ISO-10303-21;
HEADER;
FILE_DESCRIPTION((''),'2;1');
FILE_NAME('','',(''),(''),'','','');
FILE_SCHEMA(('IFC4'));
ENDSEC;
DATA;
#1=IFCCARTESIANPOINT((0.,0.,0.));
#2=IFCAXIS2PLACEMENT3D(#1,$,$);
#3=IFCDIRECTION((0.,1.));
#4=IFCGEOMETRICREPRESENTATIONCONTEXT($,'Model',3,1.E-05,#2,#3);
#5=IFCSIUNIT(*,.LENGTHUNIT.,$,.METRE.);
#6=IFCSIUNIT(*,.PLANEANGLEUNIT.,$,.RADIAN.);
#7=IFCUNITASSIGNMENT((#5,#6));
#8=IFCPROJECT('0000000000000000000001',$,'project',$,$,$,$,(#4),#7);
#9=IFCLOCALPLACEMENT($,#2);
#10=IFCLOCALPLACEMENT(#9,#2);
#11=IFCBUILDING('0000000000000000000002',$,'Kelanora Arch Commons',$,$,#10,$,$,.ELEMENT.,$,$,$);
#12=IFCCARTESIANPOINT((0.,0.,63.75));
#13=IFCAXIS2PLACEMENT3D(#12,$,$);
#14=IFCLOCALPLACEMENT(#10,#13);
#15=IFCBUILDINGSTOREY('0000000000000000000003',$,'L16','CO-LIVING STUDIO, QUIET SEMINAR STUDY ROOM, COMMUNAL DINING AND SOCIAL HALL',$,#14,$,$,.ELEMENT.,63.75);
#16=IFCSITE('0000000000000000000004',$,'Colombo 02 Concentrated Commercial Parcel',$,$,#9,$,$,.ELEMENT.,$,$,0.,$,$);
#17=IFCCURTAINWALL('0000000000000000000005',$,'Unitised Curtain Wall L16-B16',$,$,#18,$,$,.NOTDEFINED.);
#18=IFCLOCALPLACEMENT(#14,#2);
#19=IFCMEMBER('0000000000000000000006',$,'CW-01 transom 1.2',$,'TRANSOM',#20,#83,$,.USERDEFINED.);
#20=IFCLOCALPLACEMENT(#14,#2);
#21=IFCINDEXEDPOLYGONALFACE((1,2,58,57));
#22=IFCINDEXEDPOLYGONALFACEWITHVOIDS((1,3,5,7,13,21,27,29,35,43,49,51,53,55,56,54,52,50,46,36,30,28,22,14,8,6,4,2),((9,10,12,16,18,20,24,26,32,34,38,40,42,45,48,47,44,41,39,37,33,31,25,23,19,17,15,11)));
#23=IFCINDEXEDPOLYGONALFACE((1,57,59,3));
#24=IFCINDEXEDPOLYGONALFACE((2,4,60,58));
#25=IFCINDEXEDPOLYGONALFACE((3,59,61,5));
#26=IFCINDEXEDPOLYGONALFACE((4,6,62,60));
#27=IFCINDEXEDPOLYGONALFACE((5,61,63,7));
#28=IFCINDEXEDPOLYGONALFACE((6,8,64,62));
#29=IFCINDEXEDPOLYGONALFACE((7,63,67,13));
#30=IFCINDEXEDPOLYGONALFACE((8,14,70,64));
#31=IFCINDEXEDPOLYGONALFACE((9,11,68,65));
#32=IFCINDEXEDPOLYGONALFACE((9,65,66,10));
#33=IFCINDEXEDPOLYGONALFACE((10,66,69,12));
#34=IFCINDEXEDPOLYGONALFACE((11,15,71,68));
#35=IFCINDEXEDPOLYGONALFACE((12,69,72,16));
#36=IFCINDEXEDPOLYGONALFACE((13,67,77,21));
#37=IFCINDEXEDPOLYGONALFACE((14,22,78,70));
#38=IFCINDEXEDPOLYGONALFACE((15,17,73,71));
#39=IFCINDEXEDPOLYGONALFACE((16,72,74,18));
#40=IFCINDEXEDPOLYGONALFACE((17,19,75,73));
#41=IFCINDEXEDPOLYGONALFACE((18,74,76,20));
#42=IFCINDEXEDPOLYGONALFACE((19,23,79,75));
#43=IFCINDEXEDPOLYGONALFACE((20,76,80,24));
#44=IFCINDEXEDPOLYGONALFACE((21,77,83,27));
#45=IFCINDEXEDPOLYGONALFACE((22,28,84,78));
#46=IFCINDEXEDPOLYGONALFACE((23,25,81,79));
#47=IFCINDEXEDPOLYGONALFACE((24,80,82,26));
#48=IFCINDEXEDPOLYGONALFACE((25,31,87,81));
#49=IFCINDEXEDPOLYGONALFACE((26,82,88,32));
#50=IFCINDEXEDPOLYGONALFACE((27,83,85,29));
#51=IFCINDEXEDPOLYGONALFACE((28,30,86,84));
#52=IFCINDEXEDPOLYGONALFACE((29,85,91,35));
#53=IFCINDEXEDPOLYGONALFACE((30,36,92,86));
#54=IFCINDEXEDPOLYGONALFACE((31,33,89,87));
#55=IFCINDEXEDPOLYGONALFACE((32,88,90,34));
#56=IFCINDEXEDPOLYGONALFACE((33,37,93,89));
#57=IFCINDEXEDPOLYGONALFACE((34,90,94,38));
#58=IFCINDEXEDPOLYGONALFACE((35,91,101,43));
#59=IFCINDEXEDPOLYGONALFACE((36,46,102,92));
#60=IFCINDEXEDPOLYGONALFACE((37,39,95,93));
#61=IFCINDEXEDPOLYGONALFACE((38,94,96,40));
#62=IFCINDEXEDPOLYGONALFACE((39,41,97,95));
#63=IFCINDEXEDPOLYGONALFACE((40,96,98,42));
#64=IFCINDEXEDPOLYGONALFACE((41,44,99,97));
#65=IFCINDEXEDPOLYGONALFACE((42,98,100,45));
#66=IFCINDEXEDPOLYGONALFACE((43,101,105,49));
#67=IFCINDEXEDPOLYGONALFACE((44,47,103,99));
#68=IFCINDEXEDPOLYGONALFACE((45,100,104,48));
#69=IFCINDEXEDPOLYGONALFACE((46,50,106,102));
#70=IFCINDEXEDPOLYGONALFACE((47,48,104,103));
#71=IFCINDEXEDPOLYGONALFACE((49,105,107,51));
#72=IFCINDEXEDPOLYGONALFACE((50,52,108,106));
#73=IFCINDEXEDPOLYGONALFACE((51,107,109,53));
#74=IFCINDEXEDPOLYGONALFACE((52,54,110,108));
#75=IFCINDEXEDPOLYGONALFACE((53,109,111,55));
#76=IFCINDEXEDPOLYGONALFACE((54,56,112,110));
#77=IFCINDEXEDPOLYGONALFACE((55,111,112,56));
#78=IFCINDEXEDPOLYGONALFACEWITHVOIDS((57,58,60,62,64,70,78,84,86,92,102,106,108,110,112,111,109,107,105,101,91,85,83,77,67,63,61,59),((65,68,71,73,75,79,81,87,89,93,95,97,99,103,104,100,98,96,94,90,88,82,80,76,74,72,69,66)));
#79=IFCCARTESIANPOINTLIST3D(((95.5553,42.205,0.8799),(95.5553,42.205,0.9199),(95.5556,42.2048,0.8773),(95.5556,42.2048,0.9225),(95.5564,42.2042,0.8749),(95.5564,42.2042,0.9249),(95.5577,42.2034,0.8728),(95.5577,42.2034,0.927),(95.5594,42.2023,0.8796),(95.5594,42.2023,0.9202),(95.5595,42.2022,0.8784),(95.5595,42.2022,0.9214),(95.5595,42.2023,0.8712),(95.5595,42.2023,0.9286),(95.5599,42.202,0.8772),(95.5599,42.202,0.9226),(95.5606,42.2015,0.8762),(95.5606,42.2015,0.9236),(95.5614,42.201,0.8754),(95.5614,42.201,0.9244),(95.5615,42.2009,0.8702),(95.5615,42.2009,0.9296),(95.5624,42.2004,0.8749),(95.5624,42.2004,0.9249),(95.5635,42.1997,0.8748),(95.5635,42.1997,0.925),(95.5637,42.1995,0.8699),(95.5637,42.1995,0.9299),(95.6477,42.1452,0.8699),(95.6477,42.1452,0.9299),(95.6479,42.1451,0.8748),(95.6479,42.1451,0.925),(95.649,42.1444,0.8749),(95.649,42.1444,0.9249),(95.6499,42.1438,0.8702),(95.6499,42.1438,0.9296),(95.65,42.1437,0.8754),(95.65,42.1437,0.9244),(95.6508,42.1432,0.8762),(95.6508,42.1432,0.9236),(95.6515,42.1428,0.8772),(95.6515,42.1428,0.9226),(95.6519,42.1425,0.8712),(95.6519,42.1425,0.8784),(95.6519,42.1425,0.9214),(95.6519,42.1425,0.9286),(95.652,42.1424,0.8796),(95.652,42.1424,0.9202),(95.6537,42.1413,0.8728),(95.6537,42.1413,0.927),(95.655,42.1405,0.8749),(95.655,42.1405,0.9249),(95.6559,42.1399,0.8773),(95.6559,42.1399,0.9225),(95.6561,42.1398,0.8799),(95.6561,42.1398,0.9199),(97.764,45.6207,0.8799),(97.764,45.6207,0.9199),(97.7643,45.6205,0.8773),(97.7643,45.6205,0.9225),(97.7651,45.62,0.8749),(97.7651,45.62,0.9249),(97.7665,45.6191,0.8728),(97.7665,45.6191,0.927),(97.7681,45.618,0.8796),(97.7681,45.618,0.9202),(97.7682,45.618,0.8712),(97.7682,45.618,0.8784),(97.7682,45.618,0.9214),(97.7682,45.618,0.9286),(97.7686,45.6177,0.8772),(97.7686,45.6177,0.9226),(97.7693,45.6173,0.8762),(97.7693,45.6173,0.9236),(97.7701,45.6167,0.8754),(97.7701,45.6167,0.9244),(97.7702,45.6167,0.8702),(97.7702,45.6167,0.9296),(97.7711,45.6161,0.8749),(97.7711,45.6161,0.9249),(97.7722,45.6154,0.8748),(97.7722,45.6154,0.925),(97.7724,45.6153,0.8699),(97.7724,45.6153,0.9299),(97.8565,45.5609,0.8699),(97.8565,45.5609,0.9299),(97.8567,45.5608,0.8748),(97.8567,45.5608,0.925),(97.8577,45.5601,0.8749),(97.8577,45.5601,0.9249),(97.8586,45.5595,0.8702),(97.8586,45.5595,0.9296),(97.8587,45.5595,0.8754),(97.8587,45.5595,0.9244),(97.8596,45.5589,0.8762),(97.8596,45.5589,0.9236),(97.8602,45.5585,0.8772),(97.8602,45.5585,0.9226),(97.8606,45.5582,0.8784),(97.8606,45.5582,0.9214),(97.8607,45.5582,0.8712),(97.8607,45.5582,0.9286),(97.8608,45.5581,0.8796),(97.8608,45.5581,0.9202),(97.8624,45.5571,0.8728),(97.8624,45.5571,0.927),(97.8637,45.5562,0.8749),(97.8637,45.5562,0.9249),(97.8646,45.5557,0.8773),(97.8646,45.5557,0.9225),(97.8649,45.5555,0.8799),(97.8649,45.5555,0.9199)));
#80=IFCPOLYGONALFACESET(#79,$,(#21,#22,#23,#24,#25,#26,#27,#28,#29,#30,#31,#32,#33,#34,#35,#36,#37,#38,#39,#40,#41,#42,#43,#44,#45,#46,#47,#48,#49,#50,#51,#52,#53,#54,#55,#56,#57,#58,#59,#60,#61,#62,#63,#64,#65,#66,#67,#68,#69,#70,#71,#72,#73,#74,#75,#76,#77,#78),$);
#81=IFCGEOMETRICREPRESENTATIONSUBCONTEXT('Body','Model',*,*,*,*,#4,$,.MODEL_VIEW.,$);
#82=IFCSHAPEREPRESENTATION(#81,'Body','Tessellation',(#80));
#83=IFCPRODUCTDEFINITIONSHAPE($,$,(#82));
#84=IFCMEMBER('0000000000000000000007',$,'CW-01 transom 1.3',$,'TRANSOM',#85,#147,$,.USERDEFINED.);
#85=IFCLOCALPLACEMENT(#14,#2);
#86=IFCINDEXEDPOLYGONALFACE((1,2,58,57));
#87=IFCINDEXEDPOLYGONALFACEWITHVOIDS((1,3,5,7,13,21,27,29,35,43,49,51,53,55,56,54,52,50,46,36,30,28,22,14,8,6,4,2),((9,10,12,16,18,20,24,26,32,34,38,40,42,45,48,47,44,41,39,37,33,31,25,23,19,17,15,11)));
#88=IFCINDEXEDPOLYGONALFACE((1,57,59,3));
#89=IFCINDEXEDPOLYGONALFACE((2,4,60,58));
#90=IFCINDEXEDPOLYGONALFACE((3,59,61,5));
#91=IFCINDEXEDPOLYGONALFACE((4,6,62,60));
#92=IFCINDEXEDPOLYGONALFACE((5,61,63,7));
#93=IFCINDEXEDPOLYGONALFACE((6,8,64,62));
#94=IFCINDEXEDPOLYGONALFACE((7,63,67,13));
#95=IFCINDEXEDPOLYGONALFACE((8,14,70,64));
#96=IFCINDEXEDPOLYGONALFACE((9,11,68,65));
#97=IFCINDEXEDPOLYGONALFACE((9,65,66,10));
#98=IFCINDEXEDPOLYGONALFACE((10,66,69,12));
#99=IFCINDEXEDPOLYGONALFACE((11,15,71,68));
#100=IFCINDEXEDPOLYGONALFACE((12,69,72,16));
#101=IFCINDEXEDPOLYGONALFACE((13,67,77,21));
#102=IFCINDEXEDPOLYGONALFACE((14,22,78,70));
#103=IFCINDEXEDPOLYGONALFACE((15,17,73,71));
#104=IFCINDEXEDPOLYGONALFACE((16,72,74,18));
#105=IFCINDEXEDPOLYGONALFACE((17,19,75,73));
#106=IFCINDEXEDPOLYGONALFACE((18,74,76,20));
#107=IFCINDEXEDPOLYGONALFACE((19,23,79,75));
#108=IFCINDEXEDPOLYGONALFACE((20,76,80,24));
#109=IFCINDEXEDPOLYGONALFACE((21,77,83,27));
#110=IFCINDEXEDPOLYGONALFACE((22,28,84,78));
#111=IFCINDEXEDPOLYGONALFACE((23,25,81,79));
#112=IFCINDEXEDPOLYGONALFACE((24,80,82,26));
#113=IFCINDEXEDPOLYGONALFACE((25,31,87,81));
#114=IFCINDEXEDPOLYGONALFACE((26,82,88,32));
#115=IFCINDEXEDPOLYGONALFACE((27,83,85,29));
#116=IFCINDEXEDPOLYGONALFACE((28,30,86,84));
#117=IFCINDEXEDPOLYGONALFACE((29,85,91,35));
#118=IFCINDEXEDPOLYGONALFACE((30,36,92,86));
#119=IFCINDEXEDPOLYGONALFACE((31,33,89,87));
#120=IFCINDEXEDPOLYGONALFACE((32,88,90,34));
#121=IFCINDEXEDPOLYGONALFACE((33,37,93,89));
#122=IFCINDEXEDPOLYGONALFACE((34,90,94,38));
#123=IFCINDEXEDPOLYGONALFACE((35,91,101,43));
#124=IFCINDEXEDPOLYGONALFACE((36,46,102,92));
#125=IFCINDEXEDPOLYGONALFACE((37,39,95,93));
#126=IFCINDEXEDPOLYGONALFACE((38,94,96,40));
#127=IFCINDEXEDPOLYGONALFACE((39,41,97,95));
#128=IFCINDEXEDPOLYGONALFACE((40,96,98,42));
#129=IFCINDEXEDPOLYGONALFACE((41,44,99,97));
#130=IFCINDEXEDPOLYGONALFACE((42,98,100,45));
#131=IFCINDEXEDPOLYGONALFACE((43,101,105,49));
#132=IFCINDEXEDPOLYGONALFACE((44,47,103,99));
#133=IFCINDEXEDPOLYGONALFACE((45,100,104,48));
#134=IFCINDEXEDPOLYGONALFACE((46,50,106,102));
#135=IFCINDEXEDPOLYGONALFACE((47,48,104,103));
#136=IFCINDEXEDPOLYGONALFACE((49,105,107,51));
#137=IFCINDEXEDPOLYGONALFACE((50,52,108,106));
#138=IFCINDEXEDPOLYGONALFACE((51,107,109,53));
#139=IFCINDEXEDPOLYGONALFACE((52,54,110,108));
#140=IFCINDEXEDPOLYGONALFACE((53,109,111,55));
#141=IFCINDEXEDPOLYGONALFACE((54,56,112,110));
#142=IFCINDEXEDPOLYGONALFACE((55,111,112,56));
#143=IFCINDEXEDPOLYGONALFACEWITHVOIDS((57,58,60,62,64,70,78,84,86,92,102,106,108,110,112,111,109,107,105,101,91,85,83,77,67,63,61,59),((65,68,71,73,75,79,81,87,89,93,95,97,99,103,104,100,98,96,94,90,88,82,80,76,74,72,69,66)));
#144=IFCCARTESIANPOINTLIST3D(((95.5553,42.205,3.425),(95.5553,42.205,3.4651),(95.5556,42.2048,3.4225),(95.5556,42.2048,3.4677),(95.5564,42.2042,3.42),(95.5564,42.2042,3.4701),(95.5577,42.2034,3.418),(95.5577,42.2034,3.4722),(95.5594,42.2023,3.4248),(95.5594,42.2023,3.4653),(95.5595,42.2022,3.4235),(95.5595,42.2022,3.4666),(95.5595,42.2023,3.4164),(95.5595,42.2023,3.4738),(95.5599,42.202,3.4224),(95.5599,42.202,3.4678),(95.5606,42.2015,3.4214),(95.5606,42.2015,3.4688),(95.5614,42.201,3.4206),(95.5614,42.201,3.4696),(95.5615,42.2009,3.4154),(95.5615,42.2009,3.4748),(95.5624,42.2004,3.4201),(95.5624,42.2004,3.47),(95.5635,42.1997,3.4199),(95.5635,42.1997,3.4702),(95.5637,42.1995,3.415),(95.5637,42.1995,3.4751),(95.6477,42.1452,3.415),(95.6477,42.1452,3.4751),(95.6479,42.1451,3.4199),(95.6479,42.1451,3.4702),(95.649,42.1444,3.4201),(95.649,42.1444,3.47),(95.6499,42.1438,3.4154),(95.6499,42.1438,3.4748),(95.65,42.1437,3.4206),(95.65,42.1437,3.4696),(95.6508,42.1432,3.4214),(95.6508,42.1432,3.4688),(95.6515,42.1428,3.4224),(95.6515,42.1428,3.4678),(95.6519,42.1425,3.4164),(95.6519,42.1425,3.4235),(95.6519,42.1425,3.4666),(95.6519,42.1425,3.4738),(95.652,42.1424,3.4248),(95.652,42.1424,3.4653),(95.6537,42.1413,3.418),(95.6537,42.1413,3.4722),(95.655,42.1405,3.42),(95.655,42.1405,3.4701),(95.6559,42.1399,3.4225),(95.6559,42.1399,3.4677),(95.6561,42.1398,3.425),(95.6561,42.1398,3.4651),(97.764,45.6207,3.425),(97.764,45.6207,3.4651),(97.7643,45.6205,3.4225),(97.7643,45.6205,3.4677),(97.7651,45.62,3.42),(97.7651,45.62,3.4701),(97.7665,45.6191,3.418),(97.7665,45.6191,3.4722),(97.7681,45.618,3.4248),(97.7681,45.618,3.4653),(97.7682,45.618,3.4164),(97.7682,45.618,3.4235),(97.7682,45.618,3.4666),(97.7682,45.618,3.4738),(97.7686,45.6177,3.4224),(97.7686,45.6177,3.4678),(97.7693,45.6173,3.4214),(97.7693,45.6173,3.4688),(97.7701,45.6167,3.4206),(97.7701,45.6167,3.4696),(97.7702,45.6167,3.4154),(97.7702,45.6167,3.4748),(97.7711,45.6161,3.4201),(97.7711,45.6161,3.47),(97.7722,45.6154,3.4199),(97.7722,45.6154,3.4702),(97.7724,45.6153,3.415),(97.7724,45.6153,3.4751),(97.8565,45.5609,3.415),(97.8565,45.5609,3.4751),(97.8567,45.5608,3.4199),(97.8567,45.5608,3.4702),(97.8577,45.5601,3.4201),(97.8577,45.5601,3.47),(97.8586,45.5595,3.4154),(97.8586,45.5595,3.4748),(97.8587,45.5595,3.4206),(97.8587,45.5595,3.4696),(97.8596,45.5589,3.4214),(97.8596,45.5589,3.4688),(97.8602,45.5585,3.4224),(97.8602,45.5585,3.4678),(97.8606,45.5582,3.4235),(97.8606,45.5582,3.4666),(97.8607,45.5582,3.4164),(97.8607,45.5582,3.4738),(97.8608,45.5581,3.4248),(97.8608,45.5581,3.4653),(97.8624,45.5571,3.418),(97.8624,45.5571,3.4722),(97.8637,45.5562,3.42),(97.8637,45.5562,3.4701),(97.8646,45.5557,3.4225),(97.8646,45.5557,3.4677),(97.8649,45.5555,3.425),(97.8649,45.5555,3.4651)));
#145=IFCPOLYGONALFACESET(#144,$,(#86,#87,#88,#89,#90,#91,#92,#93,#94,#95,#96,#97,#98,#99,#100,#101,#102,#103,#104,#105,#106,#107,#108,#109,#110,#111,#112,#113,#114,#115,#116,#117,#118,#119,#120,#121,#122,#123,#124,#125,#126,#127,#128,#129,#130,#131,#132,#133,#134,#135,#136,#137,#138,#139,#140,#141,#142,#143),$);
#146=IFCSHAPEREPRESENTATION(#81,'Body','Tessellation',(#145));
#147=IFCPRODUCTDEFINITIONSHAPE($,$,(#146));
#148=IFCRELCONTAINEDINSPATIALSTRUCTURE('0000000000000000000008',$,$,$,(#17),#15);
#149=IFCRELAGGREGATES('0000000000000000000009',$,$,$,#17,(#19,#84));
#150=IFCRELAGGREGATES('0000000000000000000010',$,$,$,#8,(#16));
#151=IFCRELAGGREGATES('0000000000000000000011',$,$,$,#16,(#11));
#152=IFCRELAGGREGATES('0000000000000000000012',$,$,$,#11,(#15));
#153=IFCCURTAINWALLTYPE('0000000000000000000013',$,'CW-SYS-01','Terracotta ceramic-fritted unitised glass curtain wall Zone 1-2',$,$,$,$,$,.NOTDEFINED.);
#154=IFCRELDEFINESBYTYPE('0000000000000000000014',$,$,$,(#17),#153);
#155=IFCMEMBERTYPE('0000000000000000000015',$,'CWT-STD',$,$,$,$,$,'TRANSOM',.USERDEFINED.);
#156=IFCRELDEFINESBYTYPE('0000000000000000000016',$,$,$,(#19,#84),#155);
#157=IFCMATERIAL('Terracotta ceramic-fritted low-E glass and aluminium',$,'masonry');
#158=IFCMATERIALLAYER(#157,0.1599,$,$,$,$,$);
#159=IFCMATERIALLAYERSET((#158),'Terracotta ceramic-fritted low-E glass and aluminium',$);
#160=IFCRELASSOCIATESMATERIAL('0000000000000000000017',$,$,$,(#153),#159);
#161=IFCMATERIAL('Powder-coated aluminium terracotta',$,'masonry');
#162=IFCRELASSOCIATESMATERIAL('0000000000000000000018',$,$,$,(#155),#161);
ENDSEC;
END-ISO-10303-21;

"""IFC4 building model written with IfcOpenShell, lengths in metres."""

from ifc_helpers import new_model, si_unit, direction, frame, origin, origin_2d, place, context, subcontext, project, spatial, hollow_rectangle, extrude, material, layer, layer_set, material_profile, profile_set, type_object, element, aggregate, save


model = new_model("IFC4")

# Units and contexts
model_context = context("Model", 3, precision=1e-05, world=origin(), true_north=direction((0.0, 1.0)))
body_context = subcontext(model_context, "Body", "Model", "MODEL_VIEW")
ifc_project = project(units=[si_unit("LENGTHUNIT", "METRE"), si_unit("PLANEANGLEUNIT", "RADIAN")], contexts=[model_context])

# Site, building, storey
site_placement = place(None, origin())
site = spatial("IfcSite", under=ifc_project, at=site_placement, Name="Colombo 02 Concentrated Commercial Parcel", CompositionType="ELEMENT", RefElevation=0.0)
building_placement = place(site_placement, origin())
building = spatial("IfcBuilding", under=site, at=building_placement, Name="Kelanora Arch Commons", CompositionType="ELEMENT")
storey_placement = place(building_placement, frame((0.0, 0.0, 63.75)))
storey = spatial("IfcBuildingStorey", under=building, at=storey_placement, Name="L16", Description="CO-LIVING STUDIO, QUIET SEMINAR STUDY ROOM, COMMUNAL DINING AND SOCIAL HALL", CompositionType="ELEMENT", Elevation=63.75)

# Shared definitions
ifc_material_1 = material(Name="Terracotta ceramic-fritted low-E glass and aluminium", Category="masonry")
ifc_layer_1 = layer(ifc_material_1, 0.1599)
ifc_layer_set_1 = layer_set([ifc_layer_1], Name="Terracotta ceramic-fritted low-E glass and aluminium")
curtain_wall_type = type_object("IfcCurtainWallType", Name="CW-SYS-01", Description="Terracotta ceramic-fritted unitised glass curtain wall Zone 1-2", PredefinedType="NOTDEFINED", material=ifc_layer_set_1)
ifc_material_2 = material(Name="Powder-coated aluminium terracotta", Category="masonry")

# Curtain wall, members
curtain_wall_1_placement = place(storey_placement, origin())
curtain_wall_1 = element("IfcCurtainWall", 1, at=curtain_wall_1_placement, inside=storey, type_object=curtain_wall_type, Name="Unitised Curtain Wall L16-B16", PredefinedType="NOTDEFINED")
ifc_material_profile_1 = material_profile(ifc_material_2, hollow_rectangle(XDim=0.1201, YDim=0.0601, WallThickness=0.0049, InnerFilletRadius=0.0049, OuterFilletRadius=0.01, at=origin_2d()), Name="CWT120x60")
ifc_profile_set_1 = profile_set([ifc_material_profile_1], Name="Powder-coated aluminium terracotta")
member_type_1 = type_object("IfcMemberType", Name="CWT-STD", ElementType="TRANSOM", PredefinedType="USERDEFINED", material=ifc_profile_set_1)
member_1_placement = place(storey_placement, frame((95.6057, 42.1724, 0.8999), z_axis=(0.542997, 0.839734, 0.0), x_axis=(-0.839734, 0.542997, 0.0)))
member_1 = element("IfcMember", 2, at=member_1_placement, type_object=member_type_1, Name="CW-01 transom 1.2", ObjectType="TRANSOM", PredefinedType="USERDEFINED", context=body_context, shape_type="SweptSolid", body=[
    extrude(hollow_rectangle(XDim=0.1201, YDim=0.0601, WallThickness=0.0049, InnerFilletRadius=0.0049, OuterFilletRadius=0.01, at=origin_2d()), origin(), (0.0, 0.0, 1.0), 4.0676),
])
member_2_placement = place(storey_placement, frame((95.6057, 42.1724, 3.4451), z_axis=(0.542997, 0.839734, 0.0), x_axis=(-0.839734, 0.542997, 0.0)))
member_2 = element("IfcMember", 3, at=member_2_placement, type_object=member_type_1, Name="CW-01 transom 1.3", ObjectType="TRANSOM", PredefinedType="USERDEFINED", context=body_context, shape_type="SweptSolid", body=[
    extrude(hollow_rectangle(XDim=0.1201, YDim=0.0601, WallThickness=0.0049, InnerFilletRadius=0.0049, OuterFilletRadius=0.01, at=origin_2d()), origin(), (0.0, 0.0, 1.0), 4.0676),
])

aggregate(curtain_wall_1, [member_1, member_2])

save(model, "model.ifc")
